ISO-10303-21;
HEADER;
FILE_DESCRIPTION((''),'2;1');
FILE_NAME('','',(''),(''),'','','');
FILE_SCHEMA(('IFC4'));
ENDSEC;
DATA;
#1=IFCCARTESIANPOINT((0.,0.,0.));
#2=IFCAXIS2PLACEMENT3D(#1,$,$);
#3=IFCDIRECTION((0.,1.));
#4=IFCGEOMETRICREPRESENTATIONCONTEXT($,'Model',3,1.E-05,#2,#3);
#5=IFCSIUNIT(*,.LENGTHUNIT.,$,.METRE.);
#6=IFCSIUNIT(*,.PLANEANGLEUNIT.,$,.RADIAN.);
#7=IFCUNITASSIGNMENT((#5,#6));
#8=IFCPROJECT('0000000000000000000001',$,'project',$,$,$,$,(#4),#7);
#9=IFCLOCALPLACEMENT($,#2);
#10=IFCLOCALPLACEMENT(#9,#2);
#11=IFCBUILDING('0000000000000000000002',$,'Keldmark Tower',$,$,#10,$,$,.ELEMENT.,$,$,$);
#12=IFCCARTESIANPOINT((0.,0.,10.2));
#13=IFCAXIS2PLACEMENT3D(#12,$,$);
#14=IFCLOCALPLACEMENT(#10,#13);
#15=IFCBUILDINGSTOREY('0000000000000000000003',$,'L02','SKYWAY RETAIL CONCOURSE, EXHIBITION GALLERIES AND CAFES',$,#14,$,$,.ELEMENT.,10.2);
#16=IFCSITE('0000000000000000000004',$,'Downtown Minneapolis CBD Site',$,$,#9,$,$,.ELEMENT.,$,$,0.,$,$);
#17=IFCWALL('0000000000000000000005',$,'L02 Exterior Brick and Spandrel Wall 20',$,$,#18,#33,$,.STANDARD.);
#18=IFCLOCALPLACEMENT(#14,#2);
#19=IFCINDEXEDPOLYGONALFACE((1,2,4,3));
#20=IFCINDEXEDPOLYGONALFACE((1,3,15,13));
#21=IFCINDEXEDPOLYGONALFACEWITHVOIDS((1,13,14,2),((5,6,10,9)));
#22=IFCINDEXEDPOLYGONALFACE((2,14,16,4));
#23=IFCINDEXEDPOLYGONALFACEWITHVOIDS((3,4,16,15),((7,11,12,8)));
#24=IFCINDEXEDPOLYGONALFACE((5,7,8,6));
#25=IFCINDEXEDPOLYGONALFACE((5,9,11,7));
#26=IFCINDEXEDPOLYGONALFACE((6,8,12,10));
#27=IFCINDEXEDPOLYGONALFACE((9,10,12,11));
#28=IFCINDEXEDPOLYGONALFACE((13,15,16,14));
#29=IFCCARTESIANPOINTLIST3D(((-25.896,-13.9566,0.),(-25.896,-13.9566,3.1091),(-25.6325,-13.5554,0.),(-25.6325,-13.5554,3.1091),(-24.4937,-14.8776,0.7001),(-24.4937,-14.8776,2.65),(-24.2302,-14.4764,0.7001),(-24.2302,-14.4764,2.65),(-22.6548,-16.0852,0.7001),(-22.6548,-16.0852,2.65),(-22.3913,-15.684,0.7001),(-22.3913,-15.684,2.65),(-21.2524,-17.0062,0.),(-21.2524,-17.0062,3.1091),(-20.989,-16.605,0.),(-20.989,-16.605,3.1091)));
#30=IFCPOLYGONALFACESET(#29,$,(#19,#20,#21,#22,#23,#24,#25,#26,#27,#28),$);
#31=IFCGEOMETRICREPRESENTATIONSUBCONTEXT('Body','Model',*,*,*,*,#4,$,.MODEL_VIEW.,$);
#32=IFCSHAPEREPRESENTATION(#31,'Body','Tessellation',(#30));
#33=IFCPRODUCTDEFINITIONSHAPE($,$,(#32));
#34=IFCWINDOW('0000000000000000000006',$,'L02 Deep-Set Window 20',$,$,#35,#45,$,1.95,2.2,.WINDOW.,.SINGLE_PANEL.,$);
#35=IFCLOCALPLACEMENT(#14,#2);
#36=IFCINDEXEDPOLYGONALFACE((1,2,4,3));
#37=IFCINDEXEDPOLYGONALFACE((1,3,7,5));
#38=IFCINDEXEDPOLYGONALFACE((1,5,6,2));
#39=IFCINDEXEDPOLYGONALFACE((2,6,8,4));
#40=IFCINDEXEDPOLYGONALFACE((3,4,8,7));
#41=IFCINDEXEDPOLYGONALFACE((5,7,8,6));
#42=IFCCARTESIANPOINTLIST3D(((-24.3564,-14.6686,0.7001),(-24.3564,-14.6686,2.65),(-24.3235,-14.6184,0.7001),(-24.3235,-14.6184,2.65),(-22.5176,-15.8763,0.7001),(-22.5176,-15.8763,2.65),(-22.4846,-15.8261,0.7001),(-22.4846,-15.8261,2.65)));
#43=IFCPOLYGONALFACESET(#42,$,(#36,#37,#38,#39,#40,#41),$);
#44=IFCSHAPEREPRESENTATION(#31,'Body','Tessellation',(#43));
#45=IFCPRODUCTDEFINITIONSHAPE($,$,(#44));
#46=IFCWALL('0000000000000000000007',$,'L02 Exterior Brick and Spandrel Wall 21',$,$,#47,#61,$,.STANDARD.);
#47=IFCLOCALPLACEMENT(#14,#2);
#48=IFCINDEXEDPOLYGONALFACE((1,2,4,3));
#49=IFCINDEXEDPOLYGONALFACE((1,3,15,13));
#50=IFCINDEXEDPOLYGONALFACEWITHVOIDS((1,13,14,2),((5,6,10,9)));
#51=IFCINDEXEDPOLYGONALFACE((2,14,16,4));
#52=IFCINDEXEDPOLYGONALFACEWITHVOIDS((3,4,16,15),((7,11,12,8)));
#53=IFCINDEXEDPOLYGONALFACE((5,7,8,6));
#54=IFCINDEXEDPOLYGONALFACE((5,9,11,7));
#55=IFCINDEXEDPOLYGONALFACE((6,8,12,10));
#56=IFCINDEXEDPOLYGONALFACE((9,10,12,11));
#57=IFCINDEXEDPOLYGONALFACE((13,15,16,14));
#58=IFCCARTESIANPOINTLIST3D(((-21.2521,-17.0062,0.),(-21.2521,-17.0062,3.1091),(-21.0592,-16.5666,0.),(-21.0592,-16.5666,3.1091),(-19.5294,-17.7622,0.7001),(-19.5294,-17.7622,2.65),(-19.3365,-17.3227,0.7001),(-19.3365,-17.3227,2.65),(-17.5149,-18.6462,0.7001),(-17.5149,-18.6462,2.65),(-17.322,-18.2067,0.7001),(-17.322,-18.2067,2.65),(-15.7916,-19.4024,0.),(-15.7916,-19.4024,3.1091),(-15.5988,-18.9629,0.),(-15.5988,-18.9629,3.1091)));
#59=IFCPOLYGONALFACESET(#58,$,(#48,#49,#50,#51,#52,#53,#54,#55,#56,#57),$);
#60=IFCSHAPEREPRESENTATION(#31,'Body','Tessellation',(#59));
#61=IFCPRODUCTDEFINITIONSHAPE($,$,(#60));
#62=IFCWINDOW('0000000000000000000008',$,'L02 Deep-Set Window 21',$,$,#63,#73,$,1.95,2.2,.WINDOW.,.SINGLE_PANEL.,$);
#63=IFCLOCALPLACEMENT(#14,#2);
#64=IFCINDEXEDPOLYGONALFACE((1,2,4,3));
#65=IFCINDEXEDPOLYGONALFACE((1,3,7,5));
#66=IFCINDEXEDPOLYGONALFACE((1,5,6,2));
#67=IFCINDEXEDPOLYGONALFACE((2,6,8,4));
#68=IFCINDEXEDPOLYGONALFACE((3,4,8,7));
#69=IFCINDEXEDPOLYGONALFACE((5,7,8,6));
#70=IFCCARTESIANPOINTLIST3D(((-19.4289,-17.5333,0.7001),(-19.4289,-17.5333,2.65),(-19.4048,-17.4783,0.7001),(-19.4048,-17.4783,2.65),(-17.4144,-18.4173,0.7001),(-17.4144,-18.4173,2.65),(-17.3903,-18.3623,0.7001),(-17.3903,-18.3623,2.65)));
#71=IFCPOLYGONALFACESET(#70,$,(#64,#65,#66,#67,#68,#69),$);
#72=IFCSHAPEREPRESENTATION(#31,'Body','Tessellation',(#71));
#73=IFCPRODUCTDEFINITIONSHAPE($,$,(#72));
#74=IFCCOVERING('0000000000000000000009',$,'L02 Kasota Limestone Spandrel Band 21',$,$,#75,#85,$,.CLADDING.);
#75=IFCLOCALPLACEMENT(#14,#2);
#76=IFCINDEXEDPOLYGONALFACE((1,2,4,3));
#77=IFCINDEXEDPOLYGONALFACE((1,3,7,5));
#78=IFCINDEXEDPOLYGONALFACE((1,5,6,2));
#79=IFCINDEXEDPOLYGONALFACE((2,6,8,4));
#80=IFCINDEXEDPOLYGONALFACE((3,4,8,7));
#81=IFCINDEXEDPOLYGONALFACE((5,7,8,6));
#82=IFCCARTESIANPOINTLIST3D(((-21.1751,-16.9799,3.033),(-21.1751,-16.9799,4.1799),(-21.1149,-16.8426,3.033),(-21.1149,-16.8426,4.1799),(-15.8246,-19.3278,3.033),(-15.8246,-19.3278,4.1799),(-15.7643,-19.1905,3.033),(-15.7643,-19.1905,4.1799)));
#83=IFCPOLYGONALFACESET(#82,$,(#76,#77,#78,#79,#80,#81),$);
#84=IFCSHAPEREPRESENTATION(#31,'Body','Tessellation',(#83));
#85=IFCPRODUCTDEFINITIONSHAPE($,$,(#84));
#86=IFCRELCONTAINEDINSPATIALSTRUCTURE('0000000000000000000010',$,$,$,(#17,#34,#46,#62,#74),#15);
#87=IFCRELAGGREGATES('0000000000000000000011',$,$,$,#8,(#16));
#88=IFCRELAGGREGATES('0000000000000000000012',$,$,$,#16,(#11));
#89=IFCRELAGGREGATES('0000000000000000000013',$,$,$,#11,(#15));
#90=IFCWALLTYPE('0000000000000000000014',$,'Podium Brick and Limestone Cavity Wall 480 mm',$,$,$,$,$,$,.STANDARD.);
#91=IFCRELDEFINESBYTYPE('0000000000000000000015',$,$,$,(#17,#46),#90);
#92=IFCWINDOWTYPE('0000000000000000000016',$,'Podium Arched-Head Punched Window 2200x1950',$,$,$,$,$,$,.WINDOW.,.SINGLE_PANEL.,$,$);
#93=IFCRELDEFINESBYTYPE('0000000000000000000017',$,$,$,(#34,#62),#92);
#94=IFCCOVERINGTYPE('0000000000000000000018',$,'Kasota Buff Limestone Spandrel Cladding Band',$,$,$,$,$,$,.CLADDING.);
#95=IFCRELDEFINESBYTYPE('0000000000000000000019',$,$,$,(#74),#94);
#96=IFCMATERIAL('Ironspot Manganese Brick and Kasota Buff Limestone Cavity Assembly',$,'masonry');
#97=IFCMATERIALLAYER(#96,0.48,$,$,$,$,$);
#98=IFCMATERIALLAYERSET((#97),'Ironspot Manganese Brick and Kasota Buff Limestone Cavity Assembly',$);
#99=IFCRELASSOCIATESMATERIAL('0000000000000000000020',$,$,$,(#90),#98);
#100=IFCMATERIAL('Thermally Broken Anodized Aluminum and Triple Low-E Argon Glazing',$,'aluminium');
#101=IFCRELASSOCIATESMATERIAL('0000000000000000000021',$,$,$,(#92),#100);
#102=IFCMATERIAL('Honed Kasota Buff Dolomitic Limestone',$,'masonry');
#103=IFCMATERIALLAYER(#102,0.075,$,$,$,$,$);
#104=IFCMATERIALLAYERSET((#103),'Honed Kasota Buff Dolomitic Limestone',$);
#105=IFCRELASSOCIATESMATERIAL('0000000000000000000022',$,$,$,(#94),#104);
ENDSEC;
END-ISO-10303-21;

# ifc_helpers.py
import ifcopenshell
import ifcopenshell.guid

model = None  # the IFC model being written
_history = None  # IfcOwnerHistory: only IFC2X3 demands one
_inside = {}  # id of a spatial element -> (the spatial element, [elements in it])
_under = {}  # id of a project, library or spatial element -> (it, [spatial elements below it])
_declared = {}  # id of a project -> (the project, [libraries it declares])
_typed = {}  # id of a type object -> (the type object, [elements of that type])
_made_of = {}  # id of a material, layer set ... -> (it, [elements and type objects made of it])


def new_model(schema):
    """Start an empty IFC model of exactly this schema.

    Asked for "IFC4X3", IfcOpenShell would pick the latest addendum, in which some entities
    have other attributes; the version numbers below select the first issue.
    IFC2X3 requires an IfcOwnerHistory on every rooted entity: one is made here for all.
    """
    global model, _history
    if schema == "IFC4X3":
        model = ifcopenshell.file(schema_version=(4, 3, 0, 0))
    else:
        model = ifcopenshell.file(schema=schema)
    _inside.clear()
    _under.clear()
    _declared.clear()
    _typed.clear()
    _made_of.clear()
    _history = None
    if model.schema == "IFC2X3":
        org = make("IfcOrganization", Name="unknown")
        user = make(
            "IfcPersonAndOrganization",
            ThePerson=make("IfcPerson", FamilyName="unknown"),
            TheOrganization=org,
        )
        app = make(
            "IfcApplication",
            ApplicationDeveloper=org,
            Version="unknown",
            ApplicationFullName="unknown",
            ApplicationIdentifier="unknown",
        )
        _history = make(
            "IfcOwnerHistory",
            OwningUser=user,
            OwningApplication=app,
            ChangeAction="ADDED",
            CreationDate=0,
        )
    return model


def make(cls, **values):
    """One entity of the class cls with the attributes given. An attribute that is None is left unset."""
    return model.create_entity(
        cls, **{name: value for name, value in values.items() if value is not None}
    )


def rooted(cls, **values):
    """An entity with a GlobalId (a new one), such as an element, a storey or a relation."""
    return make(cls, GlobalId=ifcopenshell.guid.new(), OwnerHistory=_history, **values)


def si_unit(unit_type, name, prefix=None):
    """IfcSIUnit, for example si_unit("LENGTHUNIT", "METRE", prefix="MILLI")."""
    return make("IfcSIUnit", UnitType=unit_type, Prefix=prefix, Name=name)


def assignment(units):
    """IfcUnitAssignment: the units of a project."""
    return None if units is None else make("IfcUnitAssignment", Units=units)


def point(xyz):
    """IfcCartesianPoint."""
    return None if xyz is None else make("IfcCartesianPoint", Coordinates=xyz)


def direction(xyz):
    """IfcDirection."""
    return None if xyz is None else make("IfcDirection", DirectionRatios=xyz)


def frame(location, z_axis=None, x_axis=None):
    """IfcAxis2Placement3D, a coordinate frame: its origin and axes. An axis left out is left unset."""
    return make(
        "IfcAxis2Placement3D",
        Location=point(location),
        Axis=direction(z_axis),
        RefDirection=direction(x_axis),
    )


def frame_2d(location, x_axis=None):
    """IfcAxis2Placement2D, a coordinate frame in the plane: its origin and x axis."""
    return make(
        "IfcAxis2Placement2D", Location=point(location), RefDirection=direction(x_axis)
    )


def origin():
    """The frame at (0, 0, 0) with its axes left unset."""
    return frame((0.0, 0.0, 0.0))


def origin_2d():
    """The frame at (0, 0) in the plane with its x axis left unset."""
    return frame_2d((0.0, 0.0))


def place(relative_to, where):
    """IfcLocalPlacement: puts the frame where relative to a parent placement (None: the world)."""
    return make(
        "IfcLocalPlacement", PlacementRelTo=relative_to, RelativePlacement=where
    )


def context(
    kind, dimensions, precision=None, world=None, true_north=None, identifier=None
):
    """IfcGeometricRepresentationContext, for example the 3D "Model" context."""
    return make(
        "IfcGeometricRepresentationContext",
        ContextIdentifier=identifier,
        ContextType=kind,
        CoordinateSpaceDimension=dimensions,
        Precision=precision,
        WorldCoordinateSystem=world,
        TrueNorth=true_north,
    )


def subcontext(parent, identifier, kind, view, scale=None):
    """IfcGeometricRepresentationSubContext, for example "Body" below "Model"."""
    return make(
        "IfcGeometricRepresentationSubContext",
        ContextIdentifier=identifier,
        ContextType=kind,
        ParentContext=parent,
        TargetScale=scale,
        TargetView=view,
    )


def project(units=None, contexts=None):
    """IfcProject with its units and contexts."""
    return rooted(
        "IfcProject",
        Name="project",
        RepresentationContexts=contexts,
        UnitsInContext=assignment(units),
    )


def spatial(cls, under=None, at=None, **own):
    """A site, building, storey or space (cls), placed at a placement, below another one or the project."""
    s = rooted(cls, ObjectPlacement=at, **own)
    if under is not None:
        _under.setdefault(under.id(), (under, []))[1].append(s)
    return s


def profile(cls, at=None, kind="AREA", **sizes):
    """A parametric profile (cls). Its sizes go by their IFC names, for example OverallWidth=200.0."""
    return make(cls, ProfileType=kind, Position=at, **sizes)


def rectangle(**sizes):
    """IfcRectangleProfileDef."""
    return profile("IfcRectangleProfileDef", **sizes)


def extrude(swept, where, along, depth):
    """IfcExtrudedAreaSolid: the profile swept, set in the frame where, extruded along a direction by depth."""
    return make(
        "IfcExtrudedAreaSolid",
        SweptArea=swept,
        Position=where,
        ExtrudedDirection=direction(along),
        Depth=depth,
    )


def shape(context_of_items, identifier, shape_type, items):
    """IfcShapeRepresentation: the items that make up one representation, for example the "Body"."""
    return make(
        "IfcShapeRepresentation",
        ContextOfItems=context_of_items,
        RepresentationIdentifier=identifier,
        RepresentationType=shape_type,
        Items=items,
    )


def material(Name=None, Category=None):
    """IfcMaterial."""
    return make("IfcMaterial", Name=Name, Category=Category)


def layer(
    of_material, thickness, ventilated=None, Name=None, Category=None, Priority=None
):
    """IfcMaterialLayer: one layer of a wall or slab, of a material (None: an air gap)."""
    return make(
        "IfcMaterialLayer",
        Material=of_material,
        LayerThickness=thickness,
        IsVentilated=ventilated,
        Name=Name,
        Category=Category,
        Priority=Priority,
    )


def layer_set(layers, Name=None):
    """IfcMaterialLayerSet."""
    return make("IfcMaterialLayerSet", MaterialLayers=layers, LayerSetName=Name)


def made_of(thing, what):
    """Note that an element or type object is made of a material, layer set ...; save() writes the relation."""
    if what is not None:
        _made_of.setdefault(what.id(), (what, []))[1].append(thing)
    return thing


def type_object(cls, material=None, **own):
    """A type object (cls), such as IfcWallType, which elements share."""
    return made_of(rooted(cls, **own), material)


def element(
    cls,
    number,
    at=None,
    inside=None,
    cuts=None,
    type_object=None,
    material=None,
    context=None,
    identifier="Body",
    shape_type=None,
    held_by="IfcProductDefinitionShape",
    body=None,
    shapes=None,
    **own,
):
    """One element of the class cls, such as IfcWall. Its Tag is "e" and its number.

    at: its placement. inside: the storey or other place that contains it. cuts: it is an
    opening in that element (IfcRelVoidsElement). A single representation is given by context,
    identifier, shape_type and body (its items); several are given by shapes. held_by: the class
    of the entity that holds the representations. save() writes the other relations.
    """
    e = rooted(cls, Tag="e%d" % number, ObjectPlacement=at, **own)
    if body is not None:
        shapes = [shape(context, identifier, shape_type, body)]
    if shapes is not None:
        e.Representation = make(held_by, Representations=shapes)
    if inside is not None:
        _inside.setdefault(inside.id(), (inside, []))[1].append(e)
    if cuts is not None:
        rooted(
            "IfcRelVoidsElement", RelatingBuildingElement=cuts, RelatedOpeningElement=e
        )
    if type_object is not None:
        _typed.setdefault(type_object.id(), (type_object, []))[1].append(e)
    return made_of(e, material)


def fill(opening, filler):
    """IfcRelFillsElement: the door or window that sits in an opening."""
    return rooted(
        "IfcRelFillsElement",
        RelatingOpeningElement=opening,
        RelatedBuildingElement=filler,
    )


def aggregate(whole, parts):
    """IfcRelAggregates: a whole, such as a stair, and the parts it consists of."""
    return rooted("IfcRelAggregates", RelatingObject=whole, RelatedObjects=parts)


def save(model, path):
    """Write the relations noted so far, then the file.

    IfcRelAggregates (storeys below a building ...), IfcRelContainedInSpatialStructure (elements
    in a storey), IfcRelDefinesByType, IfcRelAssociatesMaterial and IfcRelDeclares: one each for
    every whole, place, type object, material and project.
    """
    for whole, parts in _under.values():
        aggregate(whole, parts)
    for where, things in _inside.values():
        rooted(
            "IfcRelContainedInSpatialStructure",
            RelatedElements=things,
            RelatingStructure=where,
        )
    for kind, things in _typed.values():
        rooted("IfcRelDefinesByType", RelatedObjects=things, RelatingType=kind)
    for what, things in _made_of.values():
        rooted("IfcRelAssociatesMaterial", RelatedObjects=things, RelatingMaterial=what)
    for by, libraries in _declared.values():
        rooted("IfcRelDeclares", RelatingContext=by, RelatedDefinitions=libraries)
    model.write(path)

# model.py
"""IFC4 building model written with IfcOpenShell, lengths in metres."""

from ifc_helpers import new_model, si_unit, direction, frame, frame_2d, origin, origin_2d, place, context, subcontext, project, spatial, rectangle, extrude, material, layer, layer_set, type_object, element, fill, save


model = new_model("IFC4")

# Units and contexts
model_context = context("Model", 3, precision=1e-05, world=origin(), true_north=direction((0.0, 1.0)))
body_context = subcontext(model_context, "Body", "Model", "MODEL_VIEW")
ifc_project = project(units=[si_unit("LENGTHUNIT", "METRE"), si_unit("PLANEANGLEUNIT", "RADIAN")], contexts=[model_context])

# Site, building, storey
site_placement = place(None, origin())
site = spatial("IfcSite", under=ifc_project, at=site_placement, Name="Downtown Minneapolis CBD Site", CompositionType="ELEMENT", RefElevation=0.0)
building_placement = place(site_placement, origin())
building = spatial("IfcBuilding", under=site, at=building_placement, Name="Keldmark Tower", CompositionType="ELEMENT")
storey_placement = place(building_placement, frame((0.0, 0.0, 10.2)))
storey = spatial("IfcBuildingStorey", under=building, at=storey_placement, Name="L02", Description="SKYWAY RETAIL CONCOURSE, EXHIBITION GALLERIES AND CAFES", CompositionType="ELEMENT", Elevation=10.2)

# Walls, openings, windows
ifc_material_1 = material(Name="Ironspot Manganese Brick and Kasota Buff Limestone Cavity Assembly", Category="masonry")
ifc_layer_1 = layer(ifc_material_1, 0.48)
ifc_layer_set_1 = layer_set([ifc_layer_1], Name="Ironspot Manganese Brick and Kasota Buff Limestone Cavity Assembly")
wall_type_1 = type_object("IfcWallType", Name="Podium Brick and Limestone Cavity Wall 480 mm", PredefinedType="STANDARD", material=ifc_layer_set_1)
wall_1_placement = place(storey_placement, frame((-21.1206, -16.8057, 0.0), z_axis=(0.0, 0.0, 1.0), x_axis=(-0.835864, 0.548937, 0.0)))
wall_1 = element("IfcWall", 1, at=wall_1_placement, inside=storey, type_object=wall_type_1, Name="L02 Exterior Brick and Spandrel Wall 20", PredefinedType="STANDARD", context=body_context, shape_type="SweptSolid", body=[
    extrude(rectangle(XDim=5.5554, YDim=0.48, at=frame_2d((2.7778, 0.0))), origin(), (0.0, 0.0, 1.0), 3.1091),
])
opening_1_placement = place(wall_1_placement, frame((1.6777, 0.0, 0.7)))
opening_1 = element("IfcOpeningElement", 2, at=opening_1_placement, cuts=wall_1, PredefinedType="OPENING", context=body_context, shape_type="SweptSolid", body=[
    extrude(rectangle(XDim=2.2, YDim=1.95, at=frame_2d((1.1001, 0.9751))), frame((0.0, 0.25, 0.0), z_axis=(0.0, -1.0, 0.0), x_axis=(1.0, 0.0, 0.0)), (0.0, 0.0, 1.0), 0.5),
])
ifc_material_2 = material(Name="Thermally Broken Anodized Aluminum and Triple Low-E Argon Glazing", Category="aluminium")
window_type = type_object("IfcWindowType", Name="Podium Arched-Head Punched Window 2200x1950", PartitioningType="SINGLE_PANEL", PredefinedType="WINDOW", material=ifc_material_2)
window_1_placement = place(opening_1_placement, origin())
window_1 = element("IfcWindow", 3, at=window_1_placement, inside=storey, type_object=window_type, Name="L02 Deep-Set Window 20", OverallHeight=1.95, OverallWidth=2.2, PartitioningType="SINGLE_PANEL", PredefinedType="WINDOW", context=body_context, shape_type="SweptSolid", body=[
    extrude(rectangle(XDim=2.2, YDim=1.95, at=frame_2d((1.1001, 0.9751))), frame((0.0, -0.01, 0.0), z_axis=(0.0, -1.0, 0.0), x_axis=(1.0, 0.0, 0.0)), (0.0, 0.0, 1.0), 0.0601),
])
fill(opening_1, window_1)
wall_2_placement = place(storey_placement, frame((-15.6953, -19.1826, 0.0), z_axis=(0.0, 0.0, 1.0), x_axis=(-0.915708, 0.401845, 0.0)))
wall_2 = element("IfcWall", 4, at=wall_2_placement, inside=storey, type_object=wall_type_1, Name="L02 Exterior Brick and Spandrel Wall 21", PredefinedType="STANDARD", context=body_context, shape_type="SweptSolid", body=[
    extrude(rectangle(XDim=5.9631, YDim=0.48, at=frame_2d((2.9814, 0.0))), origin(), (0.0, 0.0, 1.0), 3.1091),
])
opening_2_placement = place(wall_2_placement, frame((1.8816, 0.0, 0.7)))
opening_2 = element("IfcOpeningElement", 5, at=opening_2_placement, cuts=wall_2, PredefinedType="OPENING", context=body_context, shape_type="SweptSolid", body=[
    extrude(rectangle(XDim=2.2, YDim=1.95, at=frame_2d((1.1001, 0.9751))), frame((0.0, 0.25, 0.0), z_axis=(0.0, -1.0, 0.0), x_axis=(1.0, 0.0, 0.0)), (0.0, 0.0, 1.0), 0.5),
])
window_2_placement = place(opening_2_placement, origin())
window_2 = element("IfcWindow", 6, at=window_2_placement, inside=storey, type_object=window_type, Name="L02 Deep-Set Window 21", OverallHeight=1.95, OverallWidth=2.2, PartitioningType="SINGLE_PANEL", PredefinedType="WINDOW", context=body_context, shape_type="SweptSolid", body=[
    extrude(rectangle(XDim=2.2, YDim=1.95, at=frame_2d((1.1001, 0.9751))), frame((0.0, -0.01, 0.0), z_axis=(0.0, -1.0, 0.0), x_axis=(1.0, 0.0, 0.0)), (0.0, 0.0, 1.0), 0.0601),
])
fill(opening_2, window_2)

# Covering
ifc_material_3 = material(Name="Honed Kasota Buff Dolomitic Limestone", Category="masonry")
ifc_layer_2 = layer(ifc_material_3, 0.075)
ifc_layer_set_2 = layer_set([ifc_layer_2], Name="Honed Kasota Buff Dolomitic Limestone")
covering_type = type_object("IfcCoveringType", Name="Kasota Buff Limestone Spandrel Cladding Band", PredefinedType="CLADDING", material=ifc_layer_set_2)
covering_placement = place(storey_placement, frame((-18.4697, -18.0852, 3.033), z_axis=(0.0, 0.0, 1.0), x_axis=(0.915712, -0.401836, 0.0)))
element("IfcCovering", 7, at=covering_placement, inside=storey, type_object=covering_type, Name="L02 Kasota Limestone Spandrel Band 21", PredefinedType="CLADDING", context=body_context, shape_type="SweptSolid", body=[
    extrude(rectangle(XDim=5.843, YDim=0.1499, at=origin_2d()), origin(), (0.0, 0.0, 1.0), 1.147),
])

save(model, "model.ifc")
